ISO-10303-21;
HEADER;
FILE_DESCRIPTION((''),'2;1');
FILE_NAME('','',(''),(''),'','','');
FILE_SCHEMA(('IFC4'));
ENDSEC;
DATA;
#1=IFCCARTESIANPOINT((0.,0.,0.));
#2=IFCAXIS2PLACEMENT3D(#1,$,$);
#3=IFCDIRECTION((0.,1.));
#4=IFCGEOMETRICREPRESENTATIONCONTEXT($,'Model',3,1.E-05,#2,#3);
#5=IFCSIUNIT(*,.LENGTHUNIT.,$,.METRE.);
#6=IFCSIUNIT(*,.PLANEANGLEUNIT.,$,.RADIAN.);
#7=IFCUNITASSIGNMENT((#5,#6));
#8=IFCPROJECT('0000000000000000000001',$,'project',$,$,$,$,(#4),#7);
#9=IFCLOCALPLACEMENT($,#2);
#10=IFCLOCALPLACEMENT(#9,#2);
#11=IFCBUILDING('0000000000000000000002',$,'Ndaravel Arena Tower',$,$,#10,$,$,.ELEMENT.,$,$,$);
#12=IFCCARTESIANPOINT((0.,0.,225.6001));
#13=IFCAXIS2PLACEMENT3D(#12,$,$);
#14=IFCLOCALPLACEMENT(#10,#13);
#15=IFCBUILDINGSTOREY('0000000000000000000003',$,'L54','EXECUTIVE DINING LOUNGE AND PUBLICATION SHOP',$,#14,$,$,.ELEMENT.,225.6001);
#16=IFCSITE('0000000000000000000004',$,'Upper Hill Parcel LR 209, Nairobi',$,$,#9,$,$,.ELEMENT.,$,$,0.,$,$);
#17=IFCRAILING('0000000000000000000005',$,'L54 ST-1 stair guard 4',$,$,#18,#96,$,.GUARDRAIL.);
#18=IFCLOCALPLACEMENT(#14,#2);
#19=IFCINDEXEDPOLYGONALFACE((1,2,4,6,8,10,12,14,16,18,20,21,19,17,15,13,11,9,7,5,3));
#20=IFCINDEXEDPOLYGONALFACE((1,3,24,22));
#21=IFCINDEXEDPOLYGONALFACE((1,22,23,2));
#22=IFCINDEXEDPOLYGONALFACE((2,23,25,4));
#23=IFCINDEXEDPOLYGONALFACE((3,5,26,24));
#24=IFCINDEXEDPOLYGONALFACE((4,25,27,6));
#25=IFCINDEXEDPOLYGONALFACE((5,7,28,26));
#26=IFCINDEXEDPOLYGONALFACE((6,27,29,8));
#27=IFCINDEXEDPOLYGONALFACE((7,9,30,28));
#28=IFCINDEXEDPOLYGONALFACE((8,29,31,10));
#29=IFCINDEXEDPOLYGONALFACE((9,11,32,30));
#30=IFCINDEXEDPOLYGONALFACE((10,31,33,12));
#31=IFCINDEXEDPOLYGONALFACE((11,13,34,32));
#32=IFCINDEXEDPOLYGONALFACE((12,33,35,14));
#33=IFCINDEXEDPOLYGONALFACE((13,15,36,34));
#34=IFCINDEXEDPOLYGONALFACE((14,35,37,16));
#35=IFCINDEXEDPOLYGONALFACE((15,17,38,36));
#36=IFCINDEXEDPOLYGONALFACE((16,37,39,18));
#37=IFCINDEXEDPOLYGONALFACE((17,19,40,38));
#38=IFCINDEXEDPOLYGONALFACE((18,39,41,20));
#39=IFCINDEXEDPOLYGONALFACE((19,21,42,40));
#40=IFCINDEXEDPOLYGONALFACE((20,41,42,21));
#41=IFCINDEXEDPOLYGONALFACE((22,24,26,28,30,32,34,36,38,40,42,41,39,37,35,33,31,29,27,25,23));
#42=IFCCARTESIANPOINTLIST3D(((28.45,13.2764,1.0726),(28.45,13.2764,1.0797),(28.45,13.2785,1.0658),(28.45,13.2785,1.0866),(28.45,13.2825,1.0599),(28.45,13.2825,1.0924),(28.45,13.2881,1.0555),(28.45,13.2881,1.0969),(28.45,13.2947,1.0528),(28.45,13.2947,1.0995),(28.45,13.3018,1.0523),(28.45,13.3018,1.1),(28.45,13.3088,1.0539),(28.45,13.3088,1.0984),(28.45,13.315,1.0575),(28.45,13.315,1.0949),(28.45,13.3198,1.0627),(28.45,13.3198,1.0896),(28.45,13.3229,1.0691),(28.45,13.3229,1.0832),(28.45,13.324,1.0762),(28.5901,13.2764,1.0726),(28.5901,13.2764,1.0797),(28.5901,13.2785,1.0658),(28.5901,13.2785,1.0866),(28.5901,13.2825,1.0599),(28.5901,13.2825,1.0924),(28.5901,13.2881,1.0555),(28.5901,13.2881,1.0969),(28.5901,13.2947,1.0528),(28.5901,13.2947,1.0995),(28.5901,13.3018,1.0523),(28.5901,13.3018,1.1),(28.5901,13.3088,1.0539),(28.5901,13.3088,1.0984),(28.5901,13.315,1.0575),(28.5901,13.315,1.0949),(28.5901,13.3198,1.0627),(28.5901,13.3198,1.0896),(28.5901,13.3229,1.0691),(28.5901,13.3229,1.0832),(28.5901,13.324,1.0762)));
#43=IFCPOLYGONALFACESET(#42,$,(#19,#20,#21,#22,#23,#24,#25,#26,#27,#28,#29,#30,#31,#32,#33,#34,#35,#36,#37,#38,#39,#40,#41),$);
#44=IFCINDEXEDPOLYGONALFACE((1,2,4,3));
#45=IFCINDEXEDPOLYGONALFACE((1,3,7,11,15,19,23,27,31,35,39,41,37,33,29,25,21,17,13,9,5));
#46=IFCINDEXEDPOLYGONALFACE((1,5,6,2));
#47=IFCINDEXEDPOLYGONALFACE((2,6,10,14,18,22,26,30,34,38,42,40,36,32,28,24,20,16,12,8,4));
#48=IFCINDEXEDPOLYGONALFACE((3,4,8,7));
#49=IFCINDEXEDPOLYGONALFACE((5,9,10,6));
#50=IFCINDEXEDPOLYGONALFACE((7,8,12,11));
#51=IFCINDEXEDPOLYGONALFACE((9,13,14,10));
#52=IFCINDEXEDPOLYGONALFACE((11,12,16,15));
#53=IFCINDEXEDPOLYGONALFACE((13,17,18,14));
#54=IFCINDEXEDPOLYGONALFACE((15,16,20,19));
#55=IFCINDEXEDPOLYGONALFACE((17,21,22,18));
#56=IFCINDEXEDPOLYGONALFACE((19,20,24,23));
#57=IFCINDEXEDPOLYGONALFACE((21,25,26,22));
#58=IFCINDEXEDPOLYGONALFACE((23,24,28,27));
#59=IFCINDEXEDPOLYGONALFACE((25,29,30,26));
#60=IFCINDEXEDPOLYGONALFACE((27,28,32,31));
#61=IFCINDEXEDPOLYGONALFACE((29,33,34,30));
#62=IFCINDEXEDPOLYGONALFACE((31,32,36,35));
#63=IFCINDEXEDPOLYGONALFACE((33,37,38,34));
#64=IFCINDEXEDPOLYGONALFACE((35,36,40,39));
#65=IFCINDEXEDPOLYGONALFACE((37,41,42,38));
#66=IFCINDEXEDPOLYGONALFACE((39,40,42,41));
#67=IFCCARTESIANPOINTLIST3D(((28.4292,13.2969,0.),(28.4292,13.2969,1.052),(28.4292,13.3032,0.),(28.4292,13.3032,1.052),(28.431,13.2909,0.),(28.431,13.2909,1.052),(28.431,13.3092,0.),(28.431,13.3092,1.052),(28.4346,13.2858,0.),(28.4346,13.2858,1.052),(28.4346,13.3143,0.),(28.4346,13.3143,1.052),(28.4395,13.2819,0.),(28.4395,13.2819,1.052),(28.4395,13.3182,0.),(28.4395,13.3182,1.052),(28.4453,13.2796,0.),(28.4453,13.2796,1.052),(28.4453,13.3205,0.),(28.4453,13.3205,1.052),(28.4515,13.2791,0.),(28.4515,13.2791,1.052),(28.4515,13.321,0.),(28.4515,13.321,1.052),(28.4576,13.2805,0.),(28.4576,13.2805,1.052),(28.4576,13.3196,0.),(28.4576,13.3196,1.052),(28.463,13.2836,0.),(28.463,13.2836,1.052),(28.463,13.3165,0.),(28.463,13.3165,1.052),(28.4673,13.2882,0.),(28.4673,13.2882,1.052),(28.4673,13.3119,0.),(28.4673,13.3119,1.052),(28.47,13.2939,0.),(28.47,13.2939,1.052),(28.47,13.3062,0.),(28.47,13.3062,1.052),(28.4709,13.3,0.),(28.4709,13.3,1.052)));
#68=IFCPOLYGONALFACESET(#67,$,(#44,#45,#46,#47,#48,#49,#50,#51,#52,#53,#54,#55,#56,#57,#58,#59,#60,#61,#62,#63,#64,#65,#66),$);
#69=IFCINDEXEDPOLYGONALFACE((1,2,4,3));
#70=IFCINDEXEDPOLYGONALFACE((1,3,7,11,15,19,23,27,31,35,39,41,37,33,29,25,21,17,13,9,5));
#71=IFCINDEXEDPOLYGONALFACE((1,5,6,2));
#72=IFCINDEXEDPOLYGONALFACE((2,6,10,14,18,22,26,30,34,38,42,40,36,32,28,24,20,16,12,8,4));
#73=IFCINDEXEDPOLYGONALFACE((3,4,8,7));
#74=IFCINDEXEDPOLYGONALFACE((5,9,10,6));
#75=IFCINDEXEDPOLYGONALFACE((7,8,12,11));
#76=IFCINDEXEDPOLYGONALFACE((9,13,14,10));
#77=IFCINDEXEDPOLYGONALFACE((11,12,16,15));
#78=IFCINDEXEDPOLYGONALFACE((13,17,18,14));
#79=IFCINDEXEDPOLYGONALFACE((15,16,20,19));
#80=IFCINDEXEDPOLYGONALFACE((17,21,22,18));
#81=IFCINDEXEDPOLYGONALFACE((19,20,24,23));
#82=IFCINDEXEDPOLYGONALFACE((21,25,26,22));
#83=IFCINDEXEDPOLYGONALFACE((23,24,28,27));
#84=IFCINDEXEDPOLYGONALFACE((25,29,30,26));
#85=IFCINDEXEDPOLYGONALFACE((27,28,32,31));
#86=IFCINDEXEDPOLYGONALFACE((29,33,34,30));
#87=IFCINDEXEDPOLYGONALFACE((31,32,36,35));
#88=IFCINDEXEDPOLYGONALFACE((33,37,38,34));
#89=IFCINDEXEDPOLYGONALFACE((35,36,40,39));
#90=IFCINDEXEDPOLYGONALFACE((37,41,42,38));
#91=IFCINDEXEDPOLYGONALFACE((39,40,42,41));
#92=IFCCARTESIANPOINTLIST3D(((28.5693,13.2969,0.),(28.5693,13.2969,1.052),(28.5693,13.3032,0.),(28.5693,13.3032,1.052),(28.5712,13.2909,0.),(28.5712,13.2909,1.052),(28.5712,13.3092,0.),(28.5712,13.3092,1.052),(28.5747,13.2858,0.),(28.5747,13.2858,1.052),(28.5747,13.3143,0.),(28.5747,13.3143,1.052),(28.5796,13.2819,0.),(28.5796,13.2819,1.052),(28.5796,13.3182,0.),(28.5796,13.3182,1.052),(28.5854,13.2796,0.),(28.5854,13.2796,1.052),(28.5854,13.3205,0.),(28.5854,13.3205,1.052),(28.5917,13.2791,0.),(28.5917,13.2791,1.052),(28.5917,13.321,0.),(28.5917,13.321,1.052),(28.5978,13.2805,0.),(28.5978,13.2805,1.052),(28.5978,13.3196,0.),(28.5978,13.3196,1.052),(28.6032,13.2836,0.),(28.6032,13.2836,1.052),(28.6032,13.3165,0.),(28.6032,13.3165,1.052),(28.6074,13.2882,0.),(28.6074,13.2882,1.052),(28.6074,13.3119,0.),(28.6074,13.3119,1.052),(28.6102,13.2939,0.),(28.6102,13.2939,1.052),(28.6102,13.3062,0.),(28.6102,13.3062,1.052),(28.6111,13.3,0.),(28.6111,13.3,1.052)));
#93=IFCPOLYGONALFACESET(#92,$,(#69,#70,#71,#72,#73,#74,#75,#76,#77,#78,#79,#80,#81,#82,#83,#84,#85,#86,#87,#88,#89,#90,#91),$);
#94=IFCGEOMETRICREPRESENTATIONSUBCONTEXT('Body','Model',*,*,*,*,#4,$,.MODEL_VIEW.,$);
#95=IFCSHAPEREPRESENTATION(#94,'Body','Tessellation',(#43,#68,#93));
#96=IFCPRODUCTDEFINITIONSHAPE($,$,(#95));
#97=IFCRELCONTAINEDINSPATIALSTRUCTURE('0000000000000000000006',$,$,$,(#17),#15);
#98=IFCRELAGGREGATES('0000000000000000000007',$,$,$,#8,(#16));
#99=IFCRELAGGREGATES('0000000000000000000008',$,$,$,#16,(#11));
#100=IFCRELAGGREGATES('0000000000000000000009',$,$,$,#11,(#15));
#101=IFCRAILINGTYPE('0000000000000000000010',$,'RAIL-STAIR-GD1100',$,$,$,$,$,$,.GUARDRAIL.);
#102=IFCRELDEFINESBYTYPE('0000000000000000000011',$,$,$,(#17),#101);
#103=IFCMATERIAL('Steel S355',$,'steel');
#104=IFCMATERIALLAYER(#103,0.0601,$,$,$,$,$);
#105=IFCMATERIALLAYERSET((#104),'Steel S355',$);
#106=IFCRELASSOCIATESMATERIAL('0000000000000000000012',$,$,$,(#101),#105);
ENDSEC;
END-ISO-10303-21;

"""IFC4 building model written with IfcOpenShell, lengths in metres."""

from ifc_helpers import new_model, si_unit, direction, frame, origin, origin_2d, place, context, subcontext, project, spatial, circle, extrude, material, layer, layer_set, type_object, element, save


model = new_model("IFC4")

# Units and contexts
model_context = context("Model", 3, precision=1e-05, world=origin(), true_north=direction((0.0, 1.0)))
body_context = subcontext(model_context, "Body", "Model", "MODEL_VIEW")
ifc_project = project(units=[si_unit("LENGTHUNIT", "METRE"), si_unit("PLANEANGLEUNIT", "RADIAN")], contexts=[model_context])

# Site, building, storey
site_placement = place(None, origin())
site = spatial("IfcSite", under=ifc_project, at=site_placement, Name="Upper Hill Parcel LR 209, Nairobi", CompositionType="ELEMENT", RefElevation=0.0)
building_placement = place(site_placement, origin())
building = spatial("IfcBuilding", under=site, at=building_placement, Name="Ndaravel Arena Tower", CompositionType="ELEMENT")
storey_placement = place(building_placement, frame((0.0, 0.0, 225.6001)))
storey = spatial("IfcBuildingStorey", under=building, at=storey_placement, Name="L54", Description="EXECUTIVE DINING LOUNGE AND PUBLICATION SHOP", CompositionType="ELEMENT", Elevation=225.6001)

# Railing
ifc_material_1 = material(Name="Steel S355", Category="steel")
ifc_layer_1 = layer(ifc_material_1, 0.0601)
ifc_layer_set_1 = layer_set([ifc_layer_1], Name="Steel S355")
railing_type_1 = type_object("IfcRailingType", Name="RAIL-STAIR-GD1100", PredefinedType="GUARDRAIL", material=ifc_layer_set_1)
railing_1_placement = place(storey_placement, frame((28.45, 13.3, 0.0)))
element("IfcRailing", 1, at=railing_1_placement, inside=storey, type_object=railing_type_1, Name="L54 ST-1 stair guard 4", PredefinedType="GUARDRAIL", context=body_context, shape_type="SweptSolid", body=[
    extrude(circle(Radius=0.0239, at=origin_2d()), frame((0.0, 0.0, 1.0762), z_axis=(1.0, 0.0, 0.0), x_axis=(0.0, 1.0, 0.0)), (0.0, 0.0, 1.0), 0.1401),
    extrude(circle(Radius=0.021, at=origin_2d()), origin(), (0.0, 0.0, 1.0), 1.052),
    extrude(circle(Radius=0.021, at=origin_2d()), frame((0.1401, 0.0, 0.0)), (0.0, 0.0, 1.0), 1.052),
])

save(model, "model.ifc")
